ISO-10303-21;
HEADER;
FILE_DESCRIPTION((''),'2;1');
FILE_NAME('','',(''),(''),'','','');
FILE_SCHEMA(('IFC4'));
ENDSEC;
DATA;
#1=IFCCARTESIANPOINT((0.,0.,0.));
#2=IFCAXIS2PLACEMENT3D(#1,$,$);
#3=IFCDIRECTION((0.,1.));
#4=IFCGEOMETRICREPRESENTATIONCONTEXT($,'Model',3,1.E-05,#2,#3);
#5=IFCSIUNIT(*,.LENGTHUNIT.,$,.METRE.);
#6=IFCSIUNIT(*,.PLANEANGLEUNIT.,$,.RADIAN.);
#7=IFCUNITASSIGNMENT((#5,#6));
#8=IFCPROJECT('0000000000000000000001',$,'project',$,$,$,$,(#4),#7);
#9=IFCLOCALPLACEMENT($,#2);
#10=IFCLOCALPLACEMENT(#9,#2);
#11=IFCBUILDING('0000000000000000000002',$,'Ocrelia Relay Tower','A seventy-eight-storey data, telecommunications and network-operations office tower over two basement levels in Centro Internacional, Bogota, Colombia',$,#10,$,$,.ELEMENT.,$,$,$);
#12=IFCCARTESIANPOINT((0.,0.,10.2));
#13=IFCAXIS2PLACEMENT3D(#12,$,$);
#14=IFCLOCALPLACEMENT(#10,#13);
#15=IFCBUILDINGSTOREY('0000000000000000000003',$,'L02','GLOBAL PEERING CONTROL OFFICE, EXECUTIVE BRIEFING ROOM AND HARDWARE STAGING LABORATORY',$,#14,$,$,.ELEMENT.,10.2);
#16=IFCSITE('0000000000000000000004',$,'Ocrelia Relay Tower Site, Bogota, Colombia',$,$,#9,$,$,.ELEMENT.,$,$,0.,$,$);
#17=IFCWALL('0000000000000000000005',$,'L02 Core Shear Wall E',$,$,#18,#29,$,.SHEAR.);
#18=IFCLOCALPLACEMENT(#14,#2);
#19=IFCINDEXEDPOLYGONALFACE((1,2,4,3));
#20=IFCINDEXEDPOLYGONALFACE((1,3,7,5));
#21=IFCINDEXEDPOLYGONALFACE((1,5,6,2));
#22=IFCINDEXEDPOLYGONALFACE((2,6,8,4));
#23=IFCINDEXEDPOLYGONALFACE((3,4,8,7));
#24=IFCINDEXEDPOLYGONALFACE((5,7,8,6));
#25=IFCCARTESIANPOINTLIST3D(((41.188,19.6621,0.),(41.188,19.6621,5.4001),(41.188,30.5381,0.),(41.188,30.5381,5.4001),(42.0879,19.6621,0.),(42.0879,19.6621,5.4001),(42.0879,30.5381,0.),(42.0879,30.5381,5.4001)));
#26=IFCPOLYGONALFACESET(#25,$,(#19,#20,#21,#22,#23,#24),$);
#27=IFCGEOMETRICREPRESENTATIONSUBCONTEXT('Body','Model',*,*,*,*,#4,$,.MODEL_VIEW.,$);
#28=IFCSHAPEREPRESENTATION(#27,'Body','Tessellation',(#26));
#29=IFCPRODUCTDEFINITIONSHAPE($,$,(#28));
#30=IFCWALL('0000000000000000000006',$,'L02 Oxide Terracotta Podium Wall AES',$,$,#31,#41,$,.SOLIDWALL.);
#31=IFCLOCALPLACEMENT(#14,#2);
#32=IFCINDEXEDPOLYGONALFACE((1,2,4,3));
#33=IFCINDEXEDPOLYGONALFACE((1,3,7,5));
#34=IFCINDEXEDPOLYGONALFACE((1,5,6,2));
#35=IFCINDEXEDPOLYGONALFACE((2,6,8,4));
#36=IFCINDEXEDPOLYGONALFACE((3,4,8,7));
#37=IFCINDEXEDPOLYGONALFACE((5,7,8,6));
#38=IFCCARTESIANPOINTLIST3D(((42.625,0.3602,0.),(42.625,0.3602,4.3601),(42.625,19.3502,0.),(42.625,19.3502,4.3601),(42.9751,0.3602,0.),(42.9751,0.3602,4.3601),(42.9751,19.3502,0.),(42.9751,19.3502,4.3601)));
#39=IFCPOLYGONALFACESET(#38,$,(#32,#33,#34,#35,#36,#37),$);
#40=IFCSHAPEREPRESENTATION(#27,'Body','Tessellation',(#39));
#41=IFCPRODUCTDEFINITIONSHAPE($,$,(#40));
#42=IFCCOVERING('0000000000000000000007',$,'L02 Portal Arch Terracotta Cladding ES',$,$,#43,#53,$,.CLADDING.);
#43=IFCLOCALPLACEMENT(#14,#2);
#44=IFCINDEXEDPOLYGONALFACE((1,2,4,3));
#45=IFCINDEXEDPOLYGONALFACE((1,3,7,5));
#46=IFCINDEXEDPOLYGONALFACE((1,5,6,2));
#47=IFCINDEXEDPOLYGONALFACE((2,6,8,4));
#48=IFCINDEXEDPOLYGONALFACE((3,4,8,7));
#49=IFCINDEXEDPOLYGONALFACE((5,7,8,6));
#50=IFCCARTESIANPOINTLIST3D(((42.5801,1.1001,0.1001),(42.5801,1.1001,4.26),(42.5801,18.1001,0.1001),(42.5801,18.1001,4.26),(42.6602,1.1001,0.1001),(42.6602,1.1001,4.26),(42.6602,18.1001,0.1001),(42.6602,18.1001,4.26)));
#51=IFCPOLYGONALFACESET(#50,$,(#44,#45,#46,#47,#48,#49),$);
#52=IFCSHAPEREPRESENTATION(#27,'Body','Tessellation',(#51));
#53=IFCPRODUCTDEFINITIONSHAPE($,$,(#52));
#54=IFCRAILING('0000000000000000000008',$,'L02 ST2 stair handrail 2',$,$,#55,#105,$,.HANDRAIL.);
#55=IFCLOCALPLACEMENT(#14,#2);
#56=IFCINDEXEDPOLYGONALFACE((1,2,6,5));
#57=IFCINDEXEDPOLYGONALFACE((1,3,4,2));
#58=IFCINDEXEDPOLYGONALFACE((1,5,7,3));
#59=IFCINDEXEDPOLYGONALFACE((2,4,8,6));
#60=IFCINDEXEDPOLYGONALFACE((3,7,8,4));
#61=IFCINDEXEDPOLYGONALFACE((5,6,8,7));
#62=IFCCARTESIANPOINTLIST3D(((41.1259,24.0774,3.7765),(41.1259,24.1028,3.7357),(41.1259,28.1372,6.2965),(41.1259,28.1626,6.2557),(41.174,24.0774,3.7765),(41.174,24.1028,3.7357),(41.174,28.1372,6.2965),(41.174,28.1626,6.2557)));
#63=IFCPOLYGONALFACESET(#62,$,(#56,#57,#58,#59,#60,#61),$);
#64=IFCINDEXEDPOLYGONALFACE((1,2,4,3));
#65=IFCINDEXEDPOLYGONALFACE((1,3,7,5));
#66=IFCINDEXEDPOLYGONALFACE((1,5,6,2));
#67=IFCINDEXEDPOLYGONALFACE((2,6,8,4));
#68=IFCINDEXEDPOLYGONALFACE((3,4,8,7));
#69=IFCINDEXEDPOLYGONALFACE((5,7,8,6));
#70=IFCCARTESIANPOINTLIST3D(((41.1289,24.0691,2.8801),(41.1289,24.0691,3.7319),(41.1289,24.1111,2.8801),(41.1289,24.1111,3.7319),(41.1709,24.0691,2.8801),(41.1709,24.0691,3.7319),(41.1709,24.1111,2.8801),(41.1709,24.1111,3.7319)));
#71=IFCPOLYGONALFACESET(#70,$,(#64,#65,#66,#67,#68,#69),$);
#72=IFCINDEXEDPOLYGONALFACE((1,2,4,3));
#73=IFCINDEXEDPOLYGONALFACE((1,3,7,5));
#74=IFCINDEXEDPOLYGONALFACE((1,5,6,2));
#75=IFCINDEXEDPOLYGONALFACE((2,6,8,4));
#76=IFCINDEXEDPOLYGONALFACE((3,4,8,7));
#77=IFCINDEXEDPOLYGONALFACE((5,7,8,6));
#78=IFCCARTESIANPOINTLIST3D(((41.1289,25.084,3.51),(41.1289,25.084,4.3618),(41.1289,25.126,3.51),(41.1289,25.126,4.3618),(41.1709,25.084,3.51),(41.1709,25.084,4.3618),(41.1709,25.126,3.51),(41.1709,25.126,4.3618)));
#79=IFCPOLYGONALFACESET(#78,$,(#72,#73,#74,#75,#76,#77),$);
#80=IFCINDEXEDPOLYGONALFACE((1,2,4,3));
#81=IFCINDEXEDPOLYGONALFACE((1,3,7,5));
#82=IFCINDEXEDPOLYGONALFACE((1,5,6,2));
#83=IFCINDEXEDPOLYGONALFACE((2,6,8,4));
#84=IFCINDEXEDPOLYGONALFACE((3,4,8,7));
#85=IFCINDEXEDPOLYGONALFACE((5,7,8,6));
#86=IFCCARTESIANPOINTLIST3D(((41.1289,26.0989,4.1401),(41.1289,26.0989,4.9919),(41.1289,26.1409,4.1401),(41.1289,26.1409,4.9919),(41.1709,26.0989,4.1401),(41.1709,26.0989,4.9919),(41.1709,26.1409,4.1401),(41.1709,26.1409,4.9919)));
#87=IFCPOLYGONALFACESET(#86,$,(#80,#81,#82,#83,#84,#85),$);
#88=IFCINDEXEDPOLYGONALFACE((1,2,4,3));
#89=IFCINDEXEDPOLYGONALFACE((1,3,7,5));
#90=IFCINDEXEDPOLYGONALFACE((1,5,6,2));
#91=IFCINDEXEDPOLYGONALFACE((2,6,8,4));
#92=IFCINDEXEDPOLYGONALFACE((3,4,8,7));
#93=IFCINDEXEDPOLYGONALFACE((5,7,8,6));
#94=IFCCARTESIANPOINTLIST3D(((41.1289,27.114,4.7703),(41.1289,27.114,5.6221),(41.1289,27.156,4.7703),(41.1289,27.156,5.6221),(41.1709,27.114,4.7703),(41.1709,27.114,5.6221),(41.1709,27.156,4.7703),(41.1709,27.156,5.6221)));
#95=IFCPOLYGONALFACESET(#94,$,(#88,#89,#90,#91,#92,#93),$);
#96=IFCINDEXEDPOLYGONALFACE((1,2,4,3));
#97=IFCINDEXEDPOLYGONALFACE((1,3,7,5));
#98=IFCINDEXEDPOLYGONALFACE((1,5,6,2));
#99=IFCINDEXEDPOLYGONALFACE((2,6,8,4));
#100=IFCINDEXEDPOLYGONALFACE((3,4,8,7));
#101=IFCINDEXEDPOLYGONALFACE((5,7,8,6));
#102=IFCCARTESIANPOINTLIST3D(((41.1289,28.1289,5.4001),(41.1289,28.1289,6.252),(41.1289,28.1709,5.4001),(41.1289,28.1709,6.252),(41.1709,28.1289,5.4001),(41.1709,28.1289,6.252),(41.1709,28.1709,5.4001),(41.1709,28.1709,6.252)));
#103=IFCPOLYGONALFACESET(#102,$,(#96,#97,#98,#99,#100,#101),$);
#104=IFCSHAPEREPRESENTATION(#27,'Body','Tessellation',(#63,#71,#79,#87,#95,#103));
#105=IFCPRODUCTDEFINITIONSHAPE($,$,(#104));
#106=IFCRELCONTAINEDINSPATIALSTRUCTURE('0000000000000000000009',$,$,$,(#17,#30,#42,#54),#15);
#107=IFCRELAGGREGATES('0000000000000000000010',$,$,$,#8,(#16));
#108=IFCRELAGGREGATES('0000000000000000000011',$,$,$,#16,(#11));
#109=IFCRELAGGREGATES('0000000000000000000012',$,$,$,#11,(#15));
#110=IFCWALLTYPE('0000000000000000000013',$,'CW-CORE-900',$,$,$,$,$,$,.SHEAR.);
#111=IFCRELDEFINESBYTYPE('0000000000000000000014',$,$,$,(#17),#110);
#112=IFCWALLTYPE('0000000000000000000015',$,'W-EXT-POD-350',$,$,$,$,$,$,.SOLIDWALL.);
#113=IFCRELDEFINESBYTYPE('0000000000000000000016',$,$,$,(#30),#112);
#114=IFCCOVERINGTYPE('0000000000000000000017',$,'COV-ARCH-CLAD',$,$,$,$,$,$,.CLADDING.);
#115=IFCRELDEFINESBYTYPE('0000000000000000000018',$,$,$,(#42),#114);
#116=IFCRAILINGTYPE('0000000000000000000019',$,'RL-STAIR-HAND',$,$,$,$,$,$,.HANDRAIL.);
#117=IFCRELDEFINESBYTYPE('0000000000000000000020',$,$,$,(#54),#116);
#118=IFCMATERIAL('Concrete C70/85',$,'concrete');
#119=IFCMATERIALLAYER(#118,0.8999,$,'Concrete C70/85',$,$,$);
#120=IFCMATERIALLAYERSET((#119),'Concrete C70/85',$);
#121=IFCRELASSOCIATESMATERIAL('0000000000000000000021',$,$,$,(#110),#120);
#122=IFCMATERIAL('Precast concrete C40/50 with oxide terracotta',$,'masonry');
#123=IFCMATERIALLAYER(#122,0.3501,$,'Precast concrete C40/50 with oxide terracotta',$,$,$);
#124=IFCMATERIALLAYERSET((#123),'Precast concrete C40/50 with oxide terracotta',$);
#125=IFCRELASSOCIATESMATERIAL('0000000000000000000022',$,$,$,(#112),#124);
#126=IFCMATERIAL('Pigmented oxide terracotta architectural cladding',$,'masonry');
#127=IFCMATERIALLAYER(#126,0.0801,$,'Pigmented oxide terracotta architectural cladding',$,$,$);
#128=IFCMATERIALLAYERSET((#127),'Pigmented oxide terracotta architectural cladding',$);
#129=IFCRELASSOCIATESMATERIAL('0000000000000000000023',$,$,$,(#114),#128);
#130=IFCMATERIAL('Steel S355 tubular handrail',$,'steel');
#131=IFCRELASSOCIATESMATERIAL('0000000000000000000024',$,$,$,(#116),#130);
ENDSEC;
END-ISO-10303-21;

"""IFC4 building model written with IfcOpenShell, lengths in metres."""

from ifc_helpers import new_model, si_unit, direction, frame, frame_2d, origin, origin_2d, place, context, subcontext, project, spatial, rectangle, extrude, material, layer, layer_set, type_object, element, save


model = new_model("IFC4")

# Units and contexts
model_context = context("Model", 3, precision=1e-05, world=origin(), true_north=direction((0.0, 1.0)))
body_context = subcontext(model_context, "Body", "Model", "MODEL_VIEW")
ifc_project = project(units=[si_unit("LENGTHUNIT", "METRE"), si_unit("PLANEANGLEUNIT", "RADIAN")], contexts=[model_context])

# Site, building, storey
site_placement = place(None, origin())
site = spatial("IfcSite", under=ifc_project, at=site_placement, Name="Ocrelia Relay Tower Site, Bogota, Colombia", CompositionType="ELEMENT", RefElevation=0.0)
building_placement = place(site_placement, origin())
building = spatial("IfcBuilding", under=site, at=building_placement, Name="Ocrelia Relay Tower", Description="A seventy-eight-storey data, telecommunications and network-operations office tower over two basement levels in Centro Internacional, Bogota, Colombia", CompositionType="ELEMENT")
storey_placement = place(building_placement, frame((0.0, 0.0, 10.2)))
storey = spatial("IfcBuildingStorey", under=building, at=storey_placement, Name="L02", Description="GLOBAL PEERING CONTROL OFFICE, EXECUTIVE BRIEFING ROOM AND HARDWARE STAGING LABORATORY", CompositionType="ELEMENT", Elevation=10.2)

# Shared definitions
ifc_material_1 = material(Name="Concrete C70/85", Category="concrete")

# Walls
ifc_layer_1 = layer(ifc_material_1, 0.8999, Name="Concrete C70/85")
ifc_layer_set_1 = layer_set([ifc_layer_1], Name="Concrete C70/85")
wall_type_1 = type_object("IfcWallType", Name="CW-CORE-900", PredefinedType="SHEAR", material=ifc_layer_set_1)
wall_1_placement = place(storey_placement, frame((41.6379, 19.6621, 0.0), z_axis=(0.0, 0.0, 1.0), x_axis=(0.0, 1.0, 0.0)))
element("IfcWall", 1, at=wall_1_placement, inside=storey, type_object=wall_type_1, Name="L02 Core Shear Wall E", PredefinedType="SHEAR", context=body_context, shape_type="SweptSolid", body=[
    extrude(rectangle(XDim=10.876, YDim=0.8999, at=frame_2d((5.438, 0.0))), origin(), (0.0, 0.0, 1.0), 5.4001),
])
ifc_material_2 = material(Name="Precast concrete C40/50 with oxide terracotta", Category="masonry")
ifc_layer_2 = layer(ifc_material_2, 0.3501, Name="Precast concrete C40/50 with oxide terracotta")
ifc_layer_set_2 = layer_set([ifc_layer_2], Name="Precast concrete C40/50 with oxide terracotta")
wall_type_2 = type_object("IfcWallType", Name="W-EXT-POD-350", PredefinedType="SOLIDWALL", material=ifc_layer_set_2)
wall_2_placement = place(storey_placement, frame((42.8, 0.3601, 0.0), z_axis=(0.0, 0.0, 1.0), x_axis=(0.0, 1.0, 0.0)))
element("IfcWall", 2, at=wall_2_placement, inside=storey, type_object=wall_type_2, Name="L02 Oxide Terracotta Podium Wall AES", PredefinedType="SOLIDWALL", context=body_context, shape_type="SweptSolid", body=[
    extrude(rectangle(XDim=18.99, YDim=0.3501, at=frame_2d((9.4951, 0.0))), origin(), (0.0, 0.0, 1.0), 4.3601),
])

# Covering
ifc_material_3 = material(Name="Pigmented oxide terracotta architectural cladding", Category="masonry")
ifc_layer_3 = layer(ifc_material_3, 0.0801, Name="Pigmented oxide terracotta architectural cladding")
ifc_layer_set_3 = layer_set([ifc_layer_3], Name="Pigmented oxide terracotta architectural cladding")
covering_type = type_object("IfcCoveringType", Name="COV-ARCH-CLAD", PredefinedType="CLADDING", material=ifc_layer_set_3)
covering_placement = place(storey_placement, frame((42.6201, 9.6001, 0.1001), z_axis=(0.0, 0.0, 1.0), x_axis=(1.0, 0.0, 0.0)))
element("IfcCovering", 3, at=covering_placement, inside=storey, type_object=covering_type, Name="L02 Portal Arch Terracotta Cladding ES", PredefinedType="CLADDING", context=body_context, shape_type="SweptSolid", body=[
    extrude(rectangle(XDim=0.0801, YDim=17.0, at=origin_2d()), origin(), (0.0, 0.0, 1.0), 4.1599),
])

# Railing
ifc_material_4 = material(Name="Steel S355 tubular handrail", Category="steel")
railing_type = type_object("IfcRailingType", Name="RL-STAIR-HAND", PredefinedType="HANDRAIL", material=ifc_material_4)
railing_placement = place(storey_placement, frame((41.1499, 24.0901, 2.8801)))
element("IfcRailing", 4, at=railing_placement, inside=storey, type_object=railing_type, Name="L02 ST2 stair handrail 2", PredefinedType="HANDRAIL", context=body_context, shape_type="SweptSolid", body=[
    extrude(rectangle(XDim=0.0481, YDim=0.0481, at=origin_2d()), frame((0.0, 0.0, 0.876), z_axis=(0.0, 0.849628, 0.527383), x_axis=(-1.0, 0.0, 0.0)), (0.0, 0.0, 1.0), 4.7783),
    extrude(rectangle(XDim=0.042, YDim=0.042, at=origin_2d()), origin(), (0.0, 0.0, 1.0), 0.8518),
    extrude(rectangle(XDim=0.042, YDim=0.042, at=origin_2d()), frame((0.0, 1.0149, 0.6299)), (0.0, 0.0, 1.0), 0.8518),
    extrude(rectangle(XDim=0.042, YDim=0.042, at=origin_2d()), frame((0.0, 2.0298, 1.26)), (0.0, 0.0, 1.0), 0.8518),
    extrude(rectangle(XDim=0.042, YDim=0.042, at=origin_2d()), frame((0.0, 3.0449, 1.8901)), (0.0, 0.0, 1.0), 0.8518),
    extrude(rectangle(XDim=0.042, YDim=0.042, at=origin_2d()), frame((0.0, 4.0598, 2.52)), (0.0, 0.0, 1.0), 0.8518),
])

save(model, "model.ifc")
